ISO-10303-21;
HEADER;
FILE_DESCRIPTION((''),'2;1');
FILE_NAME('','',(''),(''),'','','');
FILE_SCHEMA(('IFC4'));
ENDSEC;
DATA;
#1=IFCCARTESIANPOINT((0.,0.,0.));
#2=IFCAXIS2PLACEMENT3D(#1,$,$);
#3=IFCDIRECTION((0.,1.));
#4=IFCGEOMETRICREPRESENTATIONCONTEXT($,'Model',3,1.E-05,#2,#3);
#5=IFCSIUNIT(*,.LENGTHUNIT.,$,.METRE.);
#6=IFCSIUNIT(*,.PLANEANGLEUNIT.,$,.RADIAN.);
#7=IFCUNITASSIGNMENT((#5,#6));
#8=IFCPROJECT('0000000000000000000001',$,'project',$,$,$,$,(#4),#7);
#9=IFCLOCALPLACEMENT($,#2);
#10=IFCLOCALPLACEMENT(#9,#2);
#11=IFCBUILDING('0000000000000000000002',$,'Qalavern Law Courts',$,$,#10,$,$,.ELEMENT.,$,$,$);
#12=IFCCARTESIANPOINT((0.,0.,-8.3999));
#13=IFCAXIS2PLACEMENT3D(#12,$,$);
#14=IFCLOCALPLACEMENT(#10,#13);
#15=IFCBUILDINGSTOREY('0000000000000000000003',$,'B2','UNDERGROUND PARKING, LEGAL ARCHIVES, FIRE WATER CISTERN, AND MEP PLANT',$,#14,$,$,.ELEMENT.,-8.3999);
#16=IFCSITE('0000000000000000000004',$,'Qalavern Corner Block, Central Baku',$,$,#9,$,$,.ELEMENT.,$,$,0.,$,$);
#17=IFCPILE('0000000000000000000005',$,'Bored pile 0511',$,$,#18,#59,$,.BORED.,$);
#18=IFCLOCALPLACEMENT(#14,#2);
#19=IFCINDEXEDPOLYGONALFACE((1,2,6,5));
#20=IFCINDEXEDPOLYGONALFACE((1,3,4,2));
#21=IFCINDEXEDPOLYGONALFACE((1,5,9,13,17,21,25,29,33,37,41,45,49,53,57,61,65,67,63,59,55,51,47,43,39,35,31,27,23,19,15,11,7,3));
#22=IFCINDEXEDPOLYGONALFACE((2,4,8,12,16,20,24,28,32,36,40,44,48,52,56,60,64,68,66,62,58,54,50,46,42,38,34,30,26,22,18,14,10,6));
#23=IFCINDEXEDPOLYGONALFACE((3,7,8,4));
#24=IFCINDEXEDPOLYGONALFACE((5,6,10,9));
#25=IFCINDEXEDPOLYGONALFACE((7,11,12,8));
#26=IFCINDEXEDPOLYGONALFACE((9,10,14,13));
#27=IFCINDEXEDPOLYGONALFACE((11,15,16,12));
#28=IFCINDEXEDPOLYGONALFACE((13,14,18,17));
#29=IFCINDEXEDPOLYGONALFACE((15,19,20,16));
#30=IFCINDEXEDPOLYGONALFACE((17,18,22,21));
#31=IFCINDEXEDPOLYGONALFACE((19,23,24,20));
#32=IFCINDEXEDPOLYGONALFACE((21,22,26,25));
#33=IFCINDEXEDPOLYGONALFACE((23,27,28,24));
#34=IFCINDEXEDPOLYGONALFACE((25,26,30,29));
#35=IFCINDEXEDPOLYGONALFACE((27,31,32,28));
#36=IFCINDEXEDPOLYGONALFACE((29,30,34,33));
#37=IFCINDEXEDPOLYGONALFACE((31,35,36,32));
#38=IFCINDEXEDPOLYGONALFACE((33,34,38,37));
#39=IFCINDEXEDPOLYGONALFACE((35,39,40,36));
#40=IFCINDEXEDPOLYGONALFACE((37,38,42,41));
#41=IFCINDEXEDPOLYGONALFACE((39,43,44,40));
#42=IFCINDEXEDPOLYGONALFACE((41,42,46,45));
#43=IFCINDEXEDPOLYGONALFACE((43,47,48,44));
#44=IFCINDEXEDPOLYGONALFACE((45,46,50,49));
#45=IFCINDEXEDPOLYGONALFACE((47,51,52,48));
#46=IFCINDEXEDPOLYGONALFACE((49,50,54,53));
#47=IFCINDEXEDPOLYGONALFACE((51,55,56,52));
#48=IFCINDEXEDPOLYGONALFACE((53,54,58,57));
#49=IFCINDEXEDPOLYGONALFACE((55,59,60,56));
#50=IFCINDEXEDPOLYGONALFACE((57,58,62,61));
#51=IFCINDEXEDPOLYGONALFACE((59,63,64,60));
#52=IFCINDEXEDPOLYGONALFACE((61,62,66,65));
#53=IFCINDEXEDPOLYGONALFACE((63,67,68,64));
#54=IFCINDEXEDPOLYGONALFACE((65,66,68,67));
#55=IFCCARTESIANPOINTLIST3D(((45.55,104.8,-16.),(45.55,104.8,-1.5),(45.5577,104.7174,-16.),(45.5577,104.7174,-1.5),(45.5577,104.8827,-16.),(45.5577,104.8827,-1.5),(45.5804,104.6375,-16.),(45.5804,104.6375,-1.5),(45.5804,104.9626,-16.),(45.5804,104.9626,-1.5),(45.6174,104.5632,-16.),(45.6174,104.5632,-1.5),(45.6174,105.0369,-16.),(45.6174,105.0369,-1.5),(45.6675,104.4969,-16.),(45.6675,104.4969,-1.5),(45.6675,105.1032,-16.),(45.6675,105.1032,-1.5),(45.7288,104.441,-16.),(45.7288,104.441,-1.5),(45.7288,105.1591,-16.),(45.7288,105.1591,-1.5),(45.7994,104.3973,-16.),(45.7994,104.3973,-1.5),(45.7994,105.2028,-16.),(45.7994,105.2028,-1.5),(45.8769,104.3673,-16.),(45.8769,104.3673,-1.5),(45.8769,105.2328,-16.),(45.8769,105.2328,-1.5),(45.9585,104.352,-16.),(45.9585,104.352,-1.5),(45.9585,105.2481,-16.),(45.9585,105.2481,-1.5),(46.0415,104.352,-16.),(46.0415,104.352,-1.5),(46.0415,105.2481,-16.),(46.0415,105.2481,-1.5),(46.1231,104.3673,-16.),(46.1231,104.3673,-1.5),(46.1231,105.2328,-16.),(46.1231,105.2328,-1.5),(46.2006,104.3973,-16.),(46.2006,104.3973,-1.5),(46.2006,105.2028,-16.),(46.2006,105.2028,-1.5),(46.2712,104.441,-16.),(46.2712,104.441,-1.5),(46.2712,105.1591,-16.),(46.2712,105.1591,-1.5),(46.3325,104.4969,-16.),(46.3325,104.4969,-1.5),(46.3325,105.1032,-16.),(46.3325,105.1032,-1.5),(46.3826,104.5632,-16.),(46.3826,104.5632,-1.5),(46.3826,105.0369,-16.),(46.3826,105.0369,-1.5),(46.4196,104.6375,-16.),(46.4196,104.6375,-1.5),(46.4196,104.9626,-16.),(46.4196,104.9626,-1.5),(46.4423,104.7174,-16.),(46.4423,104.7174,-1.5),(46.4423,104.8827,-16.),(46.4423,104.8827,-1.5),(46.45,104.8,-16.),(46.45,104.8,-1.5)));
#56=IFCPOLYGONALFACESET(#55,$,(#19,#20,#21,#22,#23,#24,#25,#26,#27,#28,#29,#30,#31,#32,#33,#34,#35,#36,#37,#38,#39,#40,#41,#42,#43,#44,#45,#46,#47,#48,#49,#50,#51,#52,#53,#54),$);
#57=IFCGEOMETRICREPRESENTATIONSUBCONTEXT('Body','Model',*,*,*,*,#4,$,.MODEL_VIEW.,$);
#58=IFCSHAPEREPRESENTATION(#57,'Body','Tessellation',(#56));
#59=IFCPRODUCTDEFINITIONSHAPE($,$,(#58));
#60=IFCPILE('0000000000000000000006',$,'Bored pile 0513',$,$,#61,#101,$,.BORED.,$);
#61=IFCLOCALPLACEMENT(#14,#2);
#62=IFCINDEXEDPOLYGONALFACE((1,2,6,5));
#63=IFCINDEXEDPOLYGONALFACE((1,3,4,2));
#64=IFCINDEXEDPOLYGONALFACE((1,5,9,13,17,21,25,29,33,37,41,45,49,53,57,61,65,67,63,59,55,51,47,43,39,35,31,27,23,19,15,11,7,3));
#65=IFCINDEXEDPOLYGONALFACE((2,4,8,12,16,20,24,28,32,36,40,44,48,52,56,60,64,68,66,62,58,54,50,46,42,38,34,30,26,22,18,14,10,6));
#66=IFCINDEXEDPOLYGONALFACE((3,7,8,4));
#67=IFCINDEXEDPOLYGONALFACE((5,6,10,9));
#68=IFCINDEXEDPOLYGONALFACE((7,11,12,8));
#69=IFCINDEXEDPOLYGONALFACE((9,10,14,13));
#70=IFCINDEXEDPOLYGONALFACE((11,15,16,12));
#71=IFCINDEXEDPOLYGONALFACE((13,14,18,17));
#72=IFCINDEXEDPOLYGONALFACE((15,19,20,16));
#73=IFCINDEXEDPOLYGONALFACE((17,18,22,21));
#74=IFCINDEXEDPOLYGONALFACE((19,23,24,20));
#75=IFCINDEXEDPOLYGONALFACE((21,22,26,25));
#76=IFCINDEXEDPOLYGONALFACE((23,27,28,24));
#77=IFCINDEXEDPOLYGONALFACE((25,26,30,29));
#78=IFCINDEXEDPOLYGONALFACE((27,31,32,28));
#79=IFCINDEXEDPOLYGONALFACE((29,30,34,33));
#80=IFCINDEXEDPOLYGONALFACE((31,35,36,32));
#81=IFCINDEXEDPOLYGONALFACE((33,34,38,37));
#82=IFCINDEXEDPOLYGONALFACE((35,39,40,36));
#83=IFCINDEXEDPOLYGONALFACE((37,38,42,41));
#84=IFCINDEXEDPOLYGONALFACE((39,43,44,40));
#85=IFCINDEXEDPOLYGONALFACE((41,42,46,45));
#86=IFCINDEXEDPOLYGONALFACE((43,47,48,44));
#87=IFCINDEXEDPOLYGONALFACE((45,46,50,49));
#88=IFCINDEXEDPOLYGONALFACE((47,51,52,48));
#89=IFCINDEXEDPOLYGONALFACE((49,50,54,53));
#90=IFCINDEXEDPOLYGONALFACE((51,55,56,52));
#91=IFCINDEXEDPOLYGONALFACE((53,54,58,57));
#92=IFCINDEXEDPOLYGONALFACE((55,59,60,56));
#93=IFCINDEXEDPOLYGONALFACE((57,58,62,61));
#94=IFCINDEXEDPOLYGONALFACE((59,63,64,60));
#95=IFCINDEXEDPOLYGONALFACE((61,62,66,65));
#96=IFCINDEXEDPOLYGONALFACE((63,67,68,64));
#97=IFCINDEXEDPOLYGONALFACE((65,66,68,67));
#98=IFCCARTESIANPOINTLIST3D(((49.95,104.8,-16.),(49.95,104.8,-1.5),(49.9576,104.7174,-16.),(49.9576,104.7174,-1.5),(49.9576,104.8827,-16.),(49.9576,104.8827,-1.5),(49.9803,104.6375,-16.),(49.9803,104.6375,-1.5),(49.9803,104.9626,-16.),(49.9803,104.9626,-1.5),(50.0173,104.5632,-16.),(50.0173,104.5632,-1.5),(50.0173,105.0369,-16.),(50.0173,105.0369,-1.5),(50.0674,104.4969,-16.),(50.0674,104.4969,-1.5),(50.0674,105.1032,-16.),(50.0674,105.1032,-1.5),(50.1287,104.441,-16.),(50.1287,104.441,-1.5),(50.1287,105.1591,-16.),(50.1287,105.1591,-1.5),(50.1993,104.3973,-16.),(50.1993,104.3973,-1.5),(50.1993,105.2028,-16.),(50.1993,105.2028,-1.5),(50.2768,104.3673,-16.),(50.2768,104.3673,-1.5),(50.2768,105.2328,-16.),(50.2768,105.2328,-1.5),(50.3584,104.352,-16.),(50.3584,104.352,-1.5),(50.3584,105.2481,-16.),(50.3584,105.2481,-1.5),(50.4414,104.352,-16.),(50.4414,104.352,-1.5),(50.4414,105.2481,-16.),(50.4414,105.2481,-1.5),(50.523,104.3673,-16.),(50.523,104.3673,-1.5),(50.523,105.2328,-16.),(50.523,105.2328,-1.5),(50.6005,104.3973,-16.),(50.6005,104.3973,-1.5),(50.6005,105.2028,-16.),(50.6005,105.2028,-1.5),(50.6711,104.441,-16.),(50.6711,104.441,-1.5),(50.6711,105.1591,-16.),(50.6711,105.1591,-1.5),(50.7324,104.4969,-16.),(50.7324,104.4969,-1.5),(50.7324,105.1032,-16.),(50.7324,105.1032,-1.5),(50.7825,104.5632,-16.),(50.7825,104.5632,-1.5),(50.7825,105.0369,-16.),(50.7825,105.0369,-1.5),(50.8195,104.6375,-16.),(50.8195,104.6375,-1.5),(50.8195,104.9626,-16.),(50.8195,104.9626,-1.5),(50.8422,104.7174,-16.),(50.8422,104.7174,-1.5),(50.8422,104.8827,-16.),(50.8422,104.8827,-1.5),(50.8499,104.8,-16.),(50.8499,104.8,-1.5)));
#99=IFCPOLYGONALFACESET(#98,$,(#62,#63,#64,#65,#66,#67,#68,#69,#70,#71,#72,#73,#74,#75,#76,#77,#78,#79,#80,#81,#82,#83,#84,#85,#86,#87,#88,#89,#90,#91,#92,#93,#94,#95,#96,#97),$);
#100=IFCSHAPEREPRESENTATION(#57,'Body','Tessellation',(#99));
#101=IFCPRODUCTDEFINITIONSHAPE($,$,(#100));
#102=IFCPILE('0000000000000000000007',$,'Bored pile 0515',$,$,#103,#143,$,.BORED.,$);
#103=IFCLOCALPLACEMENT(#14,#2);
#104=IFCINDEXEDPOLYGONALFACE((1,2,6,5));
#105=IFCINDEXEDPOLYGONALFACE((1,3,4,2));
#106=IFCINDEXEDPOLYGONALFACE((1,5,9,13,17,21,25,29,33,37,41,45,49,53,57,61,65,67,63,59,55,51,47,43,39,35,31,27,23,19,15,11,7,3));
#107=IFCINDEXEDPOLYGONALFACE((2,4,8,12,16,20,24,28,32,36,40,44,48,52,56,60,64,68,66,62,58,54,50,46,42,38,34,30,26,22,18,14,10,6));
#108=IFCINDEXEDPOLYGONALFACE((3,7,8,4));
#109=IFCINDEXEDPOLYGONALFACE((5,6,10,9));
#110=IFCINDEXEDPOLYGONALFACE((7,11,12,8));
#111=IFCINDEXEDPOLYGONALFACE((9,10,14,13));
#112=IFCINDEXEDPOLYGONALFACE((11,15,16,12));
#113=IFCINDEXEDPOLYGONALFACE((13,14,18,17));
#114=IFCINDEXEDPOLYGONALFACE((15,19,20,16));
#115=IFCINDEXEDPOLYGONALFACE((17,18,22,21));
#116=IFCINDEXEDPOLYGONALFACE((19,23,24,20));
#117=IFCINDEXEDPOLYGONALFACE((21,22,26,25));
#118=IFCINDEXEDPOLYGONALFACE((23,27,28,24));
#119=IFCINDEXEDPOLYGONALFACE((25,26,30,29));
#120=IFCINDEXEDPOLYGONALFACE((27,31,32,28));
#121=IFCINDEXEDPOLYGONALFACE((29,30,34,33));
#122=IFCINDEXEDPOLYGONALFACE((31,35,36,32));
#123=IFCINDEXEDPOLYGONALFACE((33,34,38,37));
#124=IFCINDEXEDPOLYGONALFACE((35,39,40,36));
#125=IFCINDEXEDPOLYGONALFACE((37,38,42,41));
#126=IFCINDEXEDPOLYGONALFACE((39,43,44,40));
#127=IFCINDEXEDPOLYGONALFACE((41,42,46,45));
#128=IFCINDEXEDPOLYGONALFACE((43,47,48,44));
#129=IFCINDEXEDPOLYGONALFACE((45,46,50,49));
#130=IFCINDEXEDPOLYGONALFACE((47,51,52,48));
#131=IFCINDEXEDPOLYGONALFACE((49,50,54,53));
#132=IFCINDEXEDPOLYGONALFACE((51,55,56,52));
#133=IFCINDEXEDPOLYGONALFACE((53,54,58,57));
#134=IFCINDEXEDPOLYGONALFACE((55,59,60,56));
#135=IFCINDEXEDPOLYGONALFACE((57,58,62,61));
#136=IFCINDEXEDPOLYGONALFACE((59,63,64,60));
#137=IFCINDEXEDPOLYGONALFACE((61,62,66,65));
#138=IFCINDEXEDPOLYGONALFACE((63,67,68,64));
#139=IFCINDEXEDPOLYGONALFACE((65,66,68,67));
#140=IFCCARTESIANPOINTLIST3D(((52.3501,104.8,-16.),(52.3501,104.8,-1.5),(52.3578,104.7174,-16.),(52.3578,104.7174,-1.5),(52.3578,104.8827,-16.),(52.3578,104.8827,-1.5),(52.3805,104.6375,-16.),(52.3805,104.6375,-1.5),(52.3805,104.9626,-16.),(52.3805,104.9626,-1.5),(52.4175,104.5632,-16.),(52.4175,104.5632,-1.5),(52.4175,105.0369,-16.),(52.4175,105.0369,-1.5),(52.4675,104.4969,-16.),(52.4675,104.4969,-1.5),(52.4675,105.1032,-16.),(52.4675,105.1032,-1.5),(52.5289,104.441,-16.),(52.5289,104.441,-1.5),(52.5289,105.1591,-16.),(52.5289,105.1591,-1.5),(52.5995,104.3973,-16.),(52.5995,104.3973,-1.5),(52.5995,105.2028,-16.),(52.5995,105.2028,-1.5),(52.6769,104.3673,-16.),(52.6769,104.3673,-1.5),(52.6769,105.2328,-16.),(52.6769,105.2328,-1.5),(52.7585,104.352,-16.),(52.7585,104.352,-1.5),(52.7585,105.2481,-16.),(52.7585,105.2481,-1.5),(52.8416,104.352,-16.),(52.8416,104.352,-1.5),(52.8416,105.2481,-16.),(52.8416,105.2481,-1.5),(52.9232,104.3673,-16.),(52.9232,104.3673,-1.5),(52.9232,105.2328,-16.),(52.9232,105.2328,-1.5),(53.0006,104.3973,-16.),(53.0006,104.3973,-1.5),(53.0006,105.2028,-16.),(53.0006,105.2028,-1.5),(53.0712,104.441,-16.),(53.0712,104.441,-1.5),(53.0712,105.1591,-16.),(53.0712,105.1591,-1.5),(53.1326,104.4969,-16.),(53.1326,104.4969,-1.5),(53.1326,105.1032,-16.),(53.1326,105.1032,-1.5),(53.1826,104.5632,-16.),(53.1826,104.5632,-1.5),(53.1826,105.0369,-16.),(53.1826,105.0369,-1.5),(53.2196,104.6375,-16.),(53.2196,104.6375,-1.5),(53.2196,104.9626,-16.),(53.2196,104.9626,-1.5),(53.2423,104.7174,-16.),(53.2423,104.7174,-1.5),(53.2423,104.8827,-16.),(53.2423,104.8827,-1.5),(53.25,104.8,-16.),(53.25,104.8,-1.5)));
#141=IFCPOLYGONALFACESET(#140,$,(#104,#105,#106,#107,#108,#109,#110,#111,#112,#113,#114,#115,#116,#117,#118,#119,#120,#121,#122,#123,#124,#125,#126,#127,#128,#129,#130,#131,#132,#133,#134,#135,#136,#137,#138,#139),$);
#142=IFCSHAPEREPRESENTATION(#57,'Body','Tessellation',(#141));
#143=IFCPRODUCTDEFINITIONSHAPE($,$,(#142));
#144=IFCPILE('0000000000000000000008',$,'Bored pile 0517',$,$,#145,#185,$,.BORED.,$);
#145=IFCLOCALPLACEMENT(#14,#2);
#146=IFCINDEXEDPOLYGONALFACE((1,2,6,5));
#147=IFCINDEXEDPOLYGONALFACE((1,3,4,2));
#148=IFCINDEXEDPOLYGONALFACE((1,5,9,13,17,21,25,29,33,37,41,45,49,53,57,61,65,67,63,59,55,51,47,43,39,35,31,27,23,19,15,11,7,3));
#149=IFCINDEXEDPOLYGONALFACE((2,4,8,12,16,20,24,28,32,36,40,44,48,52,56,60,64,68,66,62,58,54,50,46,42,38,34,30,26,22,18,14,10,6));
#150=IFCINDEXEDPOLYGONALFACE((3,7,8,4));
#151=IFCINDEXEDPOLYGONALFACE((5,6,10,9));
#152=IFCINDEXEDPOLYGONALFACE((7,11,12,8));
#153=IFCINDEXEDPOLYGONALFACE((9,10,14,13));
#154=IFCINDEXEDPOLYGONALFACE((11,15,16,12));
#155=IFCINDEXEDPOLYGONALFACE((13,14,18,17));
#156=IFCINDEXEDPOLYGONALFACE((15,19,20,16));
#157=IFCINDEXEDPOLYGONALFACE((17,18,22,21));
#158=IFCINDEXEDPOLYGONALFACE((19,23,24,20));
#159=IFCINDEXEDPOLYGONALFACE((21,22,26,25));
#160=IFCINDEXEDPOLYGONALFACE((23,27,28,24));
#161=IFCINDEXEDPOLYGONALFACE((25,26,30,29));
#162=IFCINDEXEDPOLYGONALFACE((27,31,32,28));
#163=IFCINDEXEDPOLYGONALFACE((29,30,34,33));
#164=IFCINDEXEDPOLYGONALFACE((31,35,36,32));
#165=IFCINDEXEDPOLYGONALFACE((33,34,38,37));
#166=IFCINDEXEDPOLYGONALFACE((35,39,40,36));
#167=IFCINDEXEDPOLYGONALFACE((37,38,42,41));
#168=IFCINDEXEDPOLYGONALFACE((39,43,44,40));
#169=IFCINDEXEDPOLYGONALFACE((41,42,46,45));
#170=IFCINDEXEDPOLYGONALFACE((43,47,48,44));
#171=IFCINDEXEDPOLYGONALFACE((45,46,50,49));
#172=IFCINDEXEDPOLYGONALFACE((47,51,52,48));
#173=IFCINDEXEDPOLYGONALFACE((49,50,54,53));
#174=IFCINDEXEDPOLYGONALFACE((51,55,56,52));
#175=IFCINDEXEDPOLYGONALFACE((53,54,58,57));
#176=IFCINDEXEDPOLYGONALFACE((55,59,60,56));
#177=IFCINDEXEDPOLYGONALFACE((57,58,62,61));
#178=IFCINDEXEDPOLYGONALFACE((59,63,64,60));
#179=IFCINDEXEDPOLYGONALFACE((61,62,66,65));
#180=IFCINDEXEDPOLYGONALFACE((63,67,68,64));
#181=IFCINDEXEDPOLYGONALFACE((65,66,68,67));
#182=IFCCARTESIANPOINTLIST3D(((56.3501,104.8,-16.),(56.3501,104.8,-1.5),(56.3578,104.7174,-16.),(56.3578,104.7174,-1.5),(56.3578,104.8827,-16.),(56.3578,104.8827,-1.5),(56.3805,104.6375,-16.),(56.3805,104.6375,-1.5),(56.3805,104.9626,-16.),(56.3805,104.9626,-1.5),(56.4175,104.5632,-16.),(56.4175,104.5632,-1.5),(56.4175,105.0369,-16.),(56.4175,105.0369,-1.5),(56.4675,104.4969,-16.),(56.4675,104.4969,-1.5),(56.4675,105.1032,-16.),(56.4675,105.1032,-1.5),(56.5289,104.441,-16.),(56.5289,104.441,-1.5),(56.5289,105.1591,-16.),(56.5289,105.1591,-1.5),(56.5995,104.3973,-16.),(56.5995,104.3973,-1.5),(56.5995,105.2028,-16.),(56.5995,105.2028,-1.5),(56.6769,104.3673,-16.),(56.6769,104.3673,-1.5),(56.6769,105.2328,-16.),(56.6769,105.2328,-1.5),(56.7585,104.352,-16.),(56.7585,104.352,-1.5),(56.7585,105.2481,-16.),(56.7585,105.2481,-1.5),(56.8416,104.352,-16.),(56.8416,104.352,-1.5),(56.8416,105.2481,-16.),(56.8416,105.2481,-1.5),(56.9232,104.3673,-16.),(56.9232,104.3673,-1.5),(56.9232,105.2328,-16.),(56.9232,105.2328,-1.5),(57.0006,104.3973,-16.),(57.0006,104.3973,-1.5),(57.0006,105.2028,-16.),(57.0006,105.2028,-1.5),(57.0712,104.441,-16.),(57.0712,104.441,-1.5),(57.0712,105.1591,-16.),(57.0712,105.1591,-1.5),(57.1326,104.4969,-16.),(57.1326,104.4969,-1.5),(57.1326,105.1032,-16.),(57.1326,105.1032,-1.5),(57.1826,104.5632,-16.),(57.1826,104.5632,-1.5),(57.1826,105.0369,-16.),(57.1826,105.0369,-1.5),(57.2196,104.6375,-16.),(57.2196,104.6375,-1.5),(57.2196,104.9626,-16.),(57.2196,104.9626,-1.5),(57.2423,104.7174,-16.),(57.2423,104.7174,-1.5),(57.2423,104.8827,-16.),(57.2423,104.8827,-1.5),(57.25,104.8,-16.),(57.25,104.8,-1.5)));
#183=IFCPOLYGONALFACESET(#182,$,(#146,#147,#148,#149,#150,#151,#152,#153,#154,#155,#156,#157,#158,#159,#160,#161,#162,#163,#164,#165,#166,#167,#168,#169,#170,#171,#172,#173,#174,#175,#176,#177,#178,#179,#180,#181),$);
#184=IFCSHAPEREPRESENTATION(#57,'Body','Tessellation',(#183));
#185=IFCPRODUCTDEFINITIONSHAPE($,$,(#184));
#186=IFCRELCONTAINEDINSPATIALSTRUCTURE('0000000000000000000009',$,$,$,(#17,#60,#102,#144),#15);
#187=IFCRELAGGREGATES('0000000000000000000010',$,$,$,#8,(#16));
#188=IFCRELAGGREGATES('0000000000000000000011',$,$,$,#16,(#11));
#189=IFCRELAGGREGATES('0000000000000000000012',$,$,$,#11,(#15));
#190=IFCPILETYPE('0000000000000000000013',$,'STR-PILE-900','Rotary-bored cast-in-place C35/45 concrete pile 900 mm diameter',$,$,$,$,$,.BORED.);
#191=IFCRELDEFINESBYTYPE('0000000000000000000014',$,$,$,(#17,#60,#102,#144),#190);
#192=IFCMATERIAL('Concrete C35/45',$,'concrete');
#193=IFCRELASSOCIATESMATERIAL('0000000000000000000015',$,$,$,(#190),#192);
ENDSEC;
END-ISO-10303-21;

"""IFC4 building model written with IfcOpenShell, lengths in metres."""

from ifc_helpers import new_model, si_unit, direction, frame, origin, origin_2d, place, context, subcontext, project, spatial, circle, extrude, material, material_profile, profile_set, type_object, element, save


model = new_model("IFC4")

# Units and contexts
model_context = context("Model", 3, precision=1e-05, world=origin(), true_north=direction((0.0, 1.0)))
body_context = subcontext(model_context, "Body", "Model", "MODEL_VIEW")
ifc_project = project(units=[si_unit("LENGTHUNIT", "METRE"), si_unit("PLANEANGLEUNIT", "RADIAN")], contexts=[model_context])

# Site, building, storey
site_placement = place(None, origin())
site = spatial("IfcSite", under=ifc_project, at=site_placement, Name="Qalavern Corner Block, Central Baku", CompositionType="ELEMENT", RefElevation=0.0)
building_placement = place(site_placement, origin())
building = spatial("IfcBuilding", under=site, at=building_placement, Name="Qalavern Law Courts", CompositionType="ELEMENT")
storey_placement = place(building_placement, frame((0.0, 0.0, -8.3999)))
storey = spatial("IfcBuildingStorey", under=building, at=storey_placement, Name="B2", Description="UNDERGROUND PARKING, LEGAL ARCHIVES, FIRE WATER CISTERN, AND MEP PLANT", CompositionType="ELEMENT", Elevation=-8.3999)

# Shared definitions
ifc_material_1 = material(Name="Concrete C35/45", Category="concrete")

# Piles
ifc_material_profile_1 = material_profile(ifc_material_1, circle(Radius=0.45, at=origin_2d()), Name="BORED PILE 900")
ifc_profile_set_1 = profile_set([ifc_material_profile_1], Name="Concrete C35/45")
pile_type_1 = type_object("IfcPileType", Name="STR-PILE-900", Description="Rotary-bored cast-in-place C35/45 concrete pile 900 mm diameter", PredefinedType="BORED", material=ifc_profile_set_1)
for number, where, z_axis, x_axis, name in (
    (1, (46.0, 104.8, -1.5), (0.0, 0.0, -1.0), (1.0, 0.0, 0.0), "Bored pile 0511"),
    (2, (50.3999, 104.8, -1.5), (0.0, 0.0, -1.0), (1.0, 0.0, 0.0), "Bored pile 0513"),
    (3, (52.8, 104.8, -1.5), (0.0, 0.0, -1.0), (1.0, 0.0, 0.0), "Bored pile 0515"),
    (4, (56.8, 104.8, -1.5), (0.0, 0.0, -1.0), (1.0, 0.0, 0.0), "Bored pile 0517"),
):
    element("IfcPile", number, at=place(storey_placement, frame(where, z_axis=z_axis, x_axis=x_axis)), inside=storey, type_object=pile_type_1, Name=name, PredefinedType="BORED", context=body_context, shape_type="SweptSolid", body=[
        extrude(circle(Radius=0.45, at=origin_2d()), origin(), (0.0, 0.0, 1.0), 14.5),
    ])

save(model, "model.ifc")
